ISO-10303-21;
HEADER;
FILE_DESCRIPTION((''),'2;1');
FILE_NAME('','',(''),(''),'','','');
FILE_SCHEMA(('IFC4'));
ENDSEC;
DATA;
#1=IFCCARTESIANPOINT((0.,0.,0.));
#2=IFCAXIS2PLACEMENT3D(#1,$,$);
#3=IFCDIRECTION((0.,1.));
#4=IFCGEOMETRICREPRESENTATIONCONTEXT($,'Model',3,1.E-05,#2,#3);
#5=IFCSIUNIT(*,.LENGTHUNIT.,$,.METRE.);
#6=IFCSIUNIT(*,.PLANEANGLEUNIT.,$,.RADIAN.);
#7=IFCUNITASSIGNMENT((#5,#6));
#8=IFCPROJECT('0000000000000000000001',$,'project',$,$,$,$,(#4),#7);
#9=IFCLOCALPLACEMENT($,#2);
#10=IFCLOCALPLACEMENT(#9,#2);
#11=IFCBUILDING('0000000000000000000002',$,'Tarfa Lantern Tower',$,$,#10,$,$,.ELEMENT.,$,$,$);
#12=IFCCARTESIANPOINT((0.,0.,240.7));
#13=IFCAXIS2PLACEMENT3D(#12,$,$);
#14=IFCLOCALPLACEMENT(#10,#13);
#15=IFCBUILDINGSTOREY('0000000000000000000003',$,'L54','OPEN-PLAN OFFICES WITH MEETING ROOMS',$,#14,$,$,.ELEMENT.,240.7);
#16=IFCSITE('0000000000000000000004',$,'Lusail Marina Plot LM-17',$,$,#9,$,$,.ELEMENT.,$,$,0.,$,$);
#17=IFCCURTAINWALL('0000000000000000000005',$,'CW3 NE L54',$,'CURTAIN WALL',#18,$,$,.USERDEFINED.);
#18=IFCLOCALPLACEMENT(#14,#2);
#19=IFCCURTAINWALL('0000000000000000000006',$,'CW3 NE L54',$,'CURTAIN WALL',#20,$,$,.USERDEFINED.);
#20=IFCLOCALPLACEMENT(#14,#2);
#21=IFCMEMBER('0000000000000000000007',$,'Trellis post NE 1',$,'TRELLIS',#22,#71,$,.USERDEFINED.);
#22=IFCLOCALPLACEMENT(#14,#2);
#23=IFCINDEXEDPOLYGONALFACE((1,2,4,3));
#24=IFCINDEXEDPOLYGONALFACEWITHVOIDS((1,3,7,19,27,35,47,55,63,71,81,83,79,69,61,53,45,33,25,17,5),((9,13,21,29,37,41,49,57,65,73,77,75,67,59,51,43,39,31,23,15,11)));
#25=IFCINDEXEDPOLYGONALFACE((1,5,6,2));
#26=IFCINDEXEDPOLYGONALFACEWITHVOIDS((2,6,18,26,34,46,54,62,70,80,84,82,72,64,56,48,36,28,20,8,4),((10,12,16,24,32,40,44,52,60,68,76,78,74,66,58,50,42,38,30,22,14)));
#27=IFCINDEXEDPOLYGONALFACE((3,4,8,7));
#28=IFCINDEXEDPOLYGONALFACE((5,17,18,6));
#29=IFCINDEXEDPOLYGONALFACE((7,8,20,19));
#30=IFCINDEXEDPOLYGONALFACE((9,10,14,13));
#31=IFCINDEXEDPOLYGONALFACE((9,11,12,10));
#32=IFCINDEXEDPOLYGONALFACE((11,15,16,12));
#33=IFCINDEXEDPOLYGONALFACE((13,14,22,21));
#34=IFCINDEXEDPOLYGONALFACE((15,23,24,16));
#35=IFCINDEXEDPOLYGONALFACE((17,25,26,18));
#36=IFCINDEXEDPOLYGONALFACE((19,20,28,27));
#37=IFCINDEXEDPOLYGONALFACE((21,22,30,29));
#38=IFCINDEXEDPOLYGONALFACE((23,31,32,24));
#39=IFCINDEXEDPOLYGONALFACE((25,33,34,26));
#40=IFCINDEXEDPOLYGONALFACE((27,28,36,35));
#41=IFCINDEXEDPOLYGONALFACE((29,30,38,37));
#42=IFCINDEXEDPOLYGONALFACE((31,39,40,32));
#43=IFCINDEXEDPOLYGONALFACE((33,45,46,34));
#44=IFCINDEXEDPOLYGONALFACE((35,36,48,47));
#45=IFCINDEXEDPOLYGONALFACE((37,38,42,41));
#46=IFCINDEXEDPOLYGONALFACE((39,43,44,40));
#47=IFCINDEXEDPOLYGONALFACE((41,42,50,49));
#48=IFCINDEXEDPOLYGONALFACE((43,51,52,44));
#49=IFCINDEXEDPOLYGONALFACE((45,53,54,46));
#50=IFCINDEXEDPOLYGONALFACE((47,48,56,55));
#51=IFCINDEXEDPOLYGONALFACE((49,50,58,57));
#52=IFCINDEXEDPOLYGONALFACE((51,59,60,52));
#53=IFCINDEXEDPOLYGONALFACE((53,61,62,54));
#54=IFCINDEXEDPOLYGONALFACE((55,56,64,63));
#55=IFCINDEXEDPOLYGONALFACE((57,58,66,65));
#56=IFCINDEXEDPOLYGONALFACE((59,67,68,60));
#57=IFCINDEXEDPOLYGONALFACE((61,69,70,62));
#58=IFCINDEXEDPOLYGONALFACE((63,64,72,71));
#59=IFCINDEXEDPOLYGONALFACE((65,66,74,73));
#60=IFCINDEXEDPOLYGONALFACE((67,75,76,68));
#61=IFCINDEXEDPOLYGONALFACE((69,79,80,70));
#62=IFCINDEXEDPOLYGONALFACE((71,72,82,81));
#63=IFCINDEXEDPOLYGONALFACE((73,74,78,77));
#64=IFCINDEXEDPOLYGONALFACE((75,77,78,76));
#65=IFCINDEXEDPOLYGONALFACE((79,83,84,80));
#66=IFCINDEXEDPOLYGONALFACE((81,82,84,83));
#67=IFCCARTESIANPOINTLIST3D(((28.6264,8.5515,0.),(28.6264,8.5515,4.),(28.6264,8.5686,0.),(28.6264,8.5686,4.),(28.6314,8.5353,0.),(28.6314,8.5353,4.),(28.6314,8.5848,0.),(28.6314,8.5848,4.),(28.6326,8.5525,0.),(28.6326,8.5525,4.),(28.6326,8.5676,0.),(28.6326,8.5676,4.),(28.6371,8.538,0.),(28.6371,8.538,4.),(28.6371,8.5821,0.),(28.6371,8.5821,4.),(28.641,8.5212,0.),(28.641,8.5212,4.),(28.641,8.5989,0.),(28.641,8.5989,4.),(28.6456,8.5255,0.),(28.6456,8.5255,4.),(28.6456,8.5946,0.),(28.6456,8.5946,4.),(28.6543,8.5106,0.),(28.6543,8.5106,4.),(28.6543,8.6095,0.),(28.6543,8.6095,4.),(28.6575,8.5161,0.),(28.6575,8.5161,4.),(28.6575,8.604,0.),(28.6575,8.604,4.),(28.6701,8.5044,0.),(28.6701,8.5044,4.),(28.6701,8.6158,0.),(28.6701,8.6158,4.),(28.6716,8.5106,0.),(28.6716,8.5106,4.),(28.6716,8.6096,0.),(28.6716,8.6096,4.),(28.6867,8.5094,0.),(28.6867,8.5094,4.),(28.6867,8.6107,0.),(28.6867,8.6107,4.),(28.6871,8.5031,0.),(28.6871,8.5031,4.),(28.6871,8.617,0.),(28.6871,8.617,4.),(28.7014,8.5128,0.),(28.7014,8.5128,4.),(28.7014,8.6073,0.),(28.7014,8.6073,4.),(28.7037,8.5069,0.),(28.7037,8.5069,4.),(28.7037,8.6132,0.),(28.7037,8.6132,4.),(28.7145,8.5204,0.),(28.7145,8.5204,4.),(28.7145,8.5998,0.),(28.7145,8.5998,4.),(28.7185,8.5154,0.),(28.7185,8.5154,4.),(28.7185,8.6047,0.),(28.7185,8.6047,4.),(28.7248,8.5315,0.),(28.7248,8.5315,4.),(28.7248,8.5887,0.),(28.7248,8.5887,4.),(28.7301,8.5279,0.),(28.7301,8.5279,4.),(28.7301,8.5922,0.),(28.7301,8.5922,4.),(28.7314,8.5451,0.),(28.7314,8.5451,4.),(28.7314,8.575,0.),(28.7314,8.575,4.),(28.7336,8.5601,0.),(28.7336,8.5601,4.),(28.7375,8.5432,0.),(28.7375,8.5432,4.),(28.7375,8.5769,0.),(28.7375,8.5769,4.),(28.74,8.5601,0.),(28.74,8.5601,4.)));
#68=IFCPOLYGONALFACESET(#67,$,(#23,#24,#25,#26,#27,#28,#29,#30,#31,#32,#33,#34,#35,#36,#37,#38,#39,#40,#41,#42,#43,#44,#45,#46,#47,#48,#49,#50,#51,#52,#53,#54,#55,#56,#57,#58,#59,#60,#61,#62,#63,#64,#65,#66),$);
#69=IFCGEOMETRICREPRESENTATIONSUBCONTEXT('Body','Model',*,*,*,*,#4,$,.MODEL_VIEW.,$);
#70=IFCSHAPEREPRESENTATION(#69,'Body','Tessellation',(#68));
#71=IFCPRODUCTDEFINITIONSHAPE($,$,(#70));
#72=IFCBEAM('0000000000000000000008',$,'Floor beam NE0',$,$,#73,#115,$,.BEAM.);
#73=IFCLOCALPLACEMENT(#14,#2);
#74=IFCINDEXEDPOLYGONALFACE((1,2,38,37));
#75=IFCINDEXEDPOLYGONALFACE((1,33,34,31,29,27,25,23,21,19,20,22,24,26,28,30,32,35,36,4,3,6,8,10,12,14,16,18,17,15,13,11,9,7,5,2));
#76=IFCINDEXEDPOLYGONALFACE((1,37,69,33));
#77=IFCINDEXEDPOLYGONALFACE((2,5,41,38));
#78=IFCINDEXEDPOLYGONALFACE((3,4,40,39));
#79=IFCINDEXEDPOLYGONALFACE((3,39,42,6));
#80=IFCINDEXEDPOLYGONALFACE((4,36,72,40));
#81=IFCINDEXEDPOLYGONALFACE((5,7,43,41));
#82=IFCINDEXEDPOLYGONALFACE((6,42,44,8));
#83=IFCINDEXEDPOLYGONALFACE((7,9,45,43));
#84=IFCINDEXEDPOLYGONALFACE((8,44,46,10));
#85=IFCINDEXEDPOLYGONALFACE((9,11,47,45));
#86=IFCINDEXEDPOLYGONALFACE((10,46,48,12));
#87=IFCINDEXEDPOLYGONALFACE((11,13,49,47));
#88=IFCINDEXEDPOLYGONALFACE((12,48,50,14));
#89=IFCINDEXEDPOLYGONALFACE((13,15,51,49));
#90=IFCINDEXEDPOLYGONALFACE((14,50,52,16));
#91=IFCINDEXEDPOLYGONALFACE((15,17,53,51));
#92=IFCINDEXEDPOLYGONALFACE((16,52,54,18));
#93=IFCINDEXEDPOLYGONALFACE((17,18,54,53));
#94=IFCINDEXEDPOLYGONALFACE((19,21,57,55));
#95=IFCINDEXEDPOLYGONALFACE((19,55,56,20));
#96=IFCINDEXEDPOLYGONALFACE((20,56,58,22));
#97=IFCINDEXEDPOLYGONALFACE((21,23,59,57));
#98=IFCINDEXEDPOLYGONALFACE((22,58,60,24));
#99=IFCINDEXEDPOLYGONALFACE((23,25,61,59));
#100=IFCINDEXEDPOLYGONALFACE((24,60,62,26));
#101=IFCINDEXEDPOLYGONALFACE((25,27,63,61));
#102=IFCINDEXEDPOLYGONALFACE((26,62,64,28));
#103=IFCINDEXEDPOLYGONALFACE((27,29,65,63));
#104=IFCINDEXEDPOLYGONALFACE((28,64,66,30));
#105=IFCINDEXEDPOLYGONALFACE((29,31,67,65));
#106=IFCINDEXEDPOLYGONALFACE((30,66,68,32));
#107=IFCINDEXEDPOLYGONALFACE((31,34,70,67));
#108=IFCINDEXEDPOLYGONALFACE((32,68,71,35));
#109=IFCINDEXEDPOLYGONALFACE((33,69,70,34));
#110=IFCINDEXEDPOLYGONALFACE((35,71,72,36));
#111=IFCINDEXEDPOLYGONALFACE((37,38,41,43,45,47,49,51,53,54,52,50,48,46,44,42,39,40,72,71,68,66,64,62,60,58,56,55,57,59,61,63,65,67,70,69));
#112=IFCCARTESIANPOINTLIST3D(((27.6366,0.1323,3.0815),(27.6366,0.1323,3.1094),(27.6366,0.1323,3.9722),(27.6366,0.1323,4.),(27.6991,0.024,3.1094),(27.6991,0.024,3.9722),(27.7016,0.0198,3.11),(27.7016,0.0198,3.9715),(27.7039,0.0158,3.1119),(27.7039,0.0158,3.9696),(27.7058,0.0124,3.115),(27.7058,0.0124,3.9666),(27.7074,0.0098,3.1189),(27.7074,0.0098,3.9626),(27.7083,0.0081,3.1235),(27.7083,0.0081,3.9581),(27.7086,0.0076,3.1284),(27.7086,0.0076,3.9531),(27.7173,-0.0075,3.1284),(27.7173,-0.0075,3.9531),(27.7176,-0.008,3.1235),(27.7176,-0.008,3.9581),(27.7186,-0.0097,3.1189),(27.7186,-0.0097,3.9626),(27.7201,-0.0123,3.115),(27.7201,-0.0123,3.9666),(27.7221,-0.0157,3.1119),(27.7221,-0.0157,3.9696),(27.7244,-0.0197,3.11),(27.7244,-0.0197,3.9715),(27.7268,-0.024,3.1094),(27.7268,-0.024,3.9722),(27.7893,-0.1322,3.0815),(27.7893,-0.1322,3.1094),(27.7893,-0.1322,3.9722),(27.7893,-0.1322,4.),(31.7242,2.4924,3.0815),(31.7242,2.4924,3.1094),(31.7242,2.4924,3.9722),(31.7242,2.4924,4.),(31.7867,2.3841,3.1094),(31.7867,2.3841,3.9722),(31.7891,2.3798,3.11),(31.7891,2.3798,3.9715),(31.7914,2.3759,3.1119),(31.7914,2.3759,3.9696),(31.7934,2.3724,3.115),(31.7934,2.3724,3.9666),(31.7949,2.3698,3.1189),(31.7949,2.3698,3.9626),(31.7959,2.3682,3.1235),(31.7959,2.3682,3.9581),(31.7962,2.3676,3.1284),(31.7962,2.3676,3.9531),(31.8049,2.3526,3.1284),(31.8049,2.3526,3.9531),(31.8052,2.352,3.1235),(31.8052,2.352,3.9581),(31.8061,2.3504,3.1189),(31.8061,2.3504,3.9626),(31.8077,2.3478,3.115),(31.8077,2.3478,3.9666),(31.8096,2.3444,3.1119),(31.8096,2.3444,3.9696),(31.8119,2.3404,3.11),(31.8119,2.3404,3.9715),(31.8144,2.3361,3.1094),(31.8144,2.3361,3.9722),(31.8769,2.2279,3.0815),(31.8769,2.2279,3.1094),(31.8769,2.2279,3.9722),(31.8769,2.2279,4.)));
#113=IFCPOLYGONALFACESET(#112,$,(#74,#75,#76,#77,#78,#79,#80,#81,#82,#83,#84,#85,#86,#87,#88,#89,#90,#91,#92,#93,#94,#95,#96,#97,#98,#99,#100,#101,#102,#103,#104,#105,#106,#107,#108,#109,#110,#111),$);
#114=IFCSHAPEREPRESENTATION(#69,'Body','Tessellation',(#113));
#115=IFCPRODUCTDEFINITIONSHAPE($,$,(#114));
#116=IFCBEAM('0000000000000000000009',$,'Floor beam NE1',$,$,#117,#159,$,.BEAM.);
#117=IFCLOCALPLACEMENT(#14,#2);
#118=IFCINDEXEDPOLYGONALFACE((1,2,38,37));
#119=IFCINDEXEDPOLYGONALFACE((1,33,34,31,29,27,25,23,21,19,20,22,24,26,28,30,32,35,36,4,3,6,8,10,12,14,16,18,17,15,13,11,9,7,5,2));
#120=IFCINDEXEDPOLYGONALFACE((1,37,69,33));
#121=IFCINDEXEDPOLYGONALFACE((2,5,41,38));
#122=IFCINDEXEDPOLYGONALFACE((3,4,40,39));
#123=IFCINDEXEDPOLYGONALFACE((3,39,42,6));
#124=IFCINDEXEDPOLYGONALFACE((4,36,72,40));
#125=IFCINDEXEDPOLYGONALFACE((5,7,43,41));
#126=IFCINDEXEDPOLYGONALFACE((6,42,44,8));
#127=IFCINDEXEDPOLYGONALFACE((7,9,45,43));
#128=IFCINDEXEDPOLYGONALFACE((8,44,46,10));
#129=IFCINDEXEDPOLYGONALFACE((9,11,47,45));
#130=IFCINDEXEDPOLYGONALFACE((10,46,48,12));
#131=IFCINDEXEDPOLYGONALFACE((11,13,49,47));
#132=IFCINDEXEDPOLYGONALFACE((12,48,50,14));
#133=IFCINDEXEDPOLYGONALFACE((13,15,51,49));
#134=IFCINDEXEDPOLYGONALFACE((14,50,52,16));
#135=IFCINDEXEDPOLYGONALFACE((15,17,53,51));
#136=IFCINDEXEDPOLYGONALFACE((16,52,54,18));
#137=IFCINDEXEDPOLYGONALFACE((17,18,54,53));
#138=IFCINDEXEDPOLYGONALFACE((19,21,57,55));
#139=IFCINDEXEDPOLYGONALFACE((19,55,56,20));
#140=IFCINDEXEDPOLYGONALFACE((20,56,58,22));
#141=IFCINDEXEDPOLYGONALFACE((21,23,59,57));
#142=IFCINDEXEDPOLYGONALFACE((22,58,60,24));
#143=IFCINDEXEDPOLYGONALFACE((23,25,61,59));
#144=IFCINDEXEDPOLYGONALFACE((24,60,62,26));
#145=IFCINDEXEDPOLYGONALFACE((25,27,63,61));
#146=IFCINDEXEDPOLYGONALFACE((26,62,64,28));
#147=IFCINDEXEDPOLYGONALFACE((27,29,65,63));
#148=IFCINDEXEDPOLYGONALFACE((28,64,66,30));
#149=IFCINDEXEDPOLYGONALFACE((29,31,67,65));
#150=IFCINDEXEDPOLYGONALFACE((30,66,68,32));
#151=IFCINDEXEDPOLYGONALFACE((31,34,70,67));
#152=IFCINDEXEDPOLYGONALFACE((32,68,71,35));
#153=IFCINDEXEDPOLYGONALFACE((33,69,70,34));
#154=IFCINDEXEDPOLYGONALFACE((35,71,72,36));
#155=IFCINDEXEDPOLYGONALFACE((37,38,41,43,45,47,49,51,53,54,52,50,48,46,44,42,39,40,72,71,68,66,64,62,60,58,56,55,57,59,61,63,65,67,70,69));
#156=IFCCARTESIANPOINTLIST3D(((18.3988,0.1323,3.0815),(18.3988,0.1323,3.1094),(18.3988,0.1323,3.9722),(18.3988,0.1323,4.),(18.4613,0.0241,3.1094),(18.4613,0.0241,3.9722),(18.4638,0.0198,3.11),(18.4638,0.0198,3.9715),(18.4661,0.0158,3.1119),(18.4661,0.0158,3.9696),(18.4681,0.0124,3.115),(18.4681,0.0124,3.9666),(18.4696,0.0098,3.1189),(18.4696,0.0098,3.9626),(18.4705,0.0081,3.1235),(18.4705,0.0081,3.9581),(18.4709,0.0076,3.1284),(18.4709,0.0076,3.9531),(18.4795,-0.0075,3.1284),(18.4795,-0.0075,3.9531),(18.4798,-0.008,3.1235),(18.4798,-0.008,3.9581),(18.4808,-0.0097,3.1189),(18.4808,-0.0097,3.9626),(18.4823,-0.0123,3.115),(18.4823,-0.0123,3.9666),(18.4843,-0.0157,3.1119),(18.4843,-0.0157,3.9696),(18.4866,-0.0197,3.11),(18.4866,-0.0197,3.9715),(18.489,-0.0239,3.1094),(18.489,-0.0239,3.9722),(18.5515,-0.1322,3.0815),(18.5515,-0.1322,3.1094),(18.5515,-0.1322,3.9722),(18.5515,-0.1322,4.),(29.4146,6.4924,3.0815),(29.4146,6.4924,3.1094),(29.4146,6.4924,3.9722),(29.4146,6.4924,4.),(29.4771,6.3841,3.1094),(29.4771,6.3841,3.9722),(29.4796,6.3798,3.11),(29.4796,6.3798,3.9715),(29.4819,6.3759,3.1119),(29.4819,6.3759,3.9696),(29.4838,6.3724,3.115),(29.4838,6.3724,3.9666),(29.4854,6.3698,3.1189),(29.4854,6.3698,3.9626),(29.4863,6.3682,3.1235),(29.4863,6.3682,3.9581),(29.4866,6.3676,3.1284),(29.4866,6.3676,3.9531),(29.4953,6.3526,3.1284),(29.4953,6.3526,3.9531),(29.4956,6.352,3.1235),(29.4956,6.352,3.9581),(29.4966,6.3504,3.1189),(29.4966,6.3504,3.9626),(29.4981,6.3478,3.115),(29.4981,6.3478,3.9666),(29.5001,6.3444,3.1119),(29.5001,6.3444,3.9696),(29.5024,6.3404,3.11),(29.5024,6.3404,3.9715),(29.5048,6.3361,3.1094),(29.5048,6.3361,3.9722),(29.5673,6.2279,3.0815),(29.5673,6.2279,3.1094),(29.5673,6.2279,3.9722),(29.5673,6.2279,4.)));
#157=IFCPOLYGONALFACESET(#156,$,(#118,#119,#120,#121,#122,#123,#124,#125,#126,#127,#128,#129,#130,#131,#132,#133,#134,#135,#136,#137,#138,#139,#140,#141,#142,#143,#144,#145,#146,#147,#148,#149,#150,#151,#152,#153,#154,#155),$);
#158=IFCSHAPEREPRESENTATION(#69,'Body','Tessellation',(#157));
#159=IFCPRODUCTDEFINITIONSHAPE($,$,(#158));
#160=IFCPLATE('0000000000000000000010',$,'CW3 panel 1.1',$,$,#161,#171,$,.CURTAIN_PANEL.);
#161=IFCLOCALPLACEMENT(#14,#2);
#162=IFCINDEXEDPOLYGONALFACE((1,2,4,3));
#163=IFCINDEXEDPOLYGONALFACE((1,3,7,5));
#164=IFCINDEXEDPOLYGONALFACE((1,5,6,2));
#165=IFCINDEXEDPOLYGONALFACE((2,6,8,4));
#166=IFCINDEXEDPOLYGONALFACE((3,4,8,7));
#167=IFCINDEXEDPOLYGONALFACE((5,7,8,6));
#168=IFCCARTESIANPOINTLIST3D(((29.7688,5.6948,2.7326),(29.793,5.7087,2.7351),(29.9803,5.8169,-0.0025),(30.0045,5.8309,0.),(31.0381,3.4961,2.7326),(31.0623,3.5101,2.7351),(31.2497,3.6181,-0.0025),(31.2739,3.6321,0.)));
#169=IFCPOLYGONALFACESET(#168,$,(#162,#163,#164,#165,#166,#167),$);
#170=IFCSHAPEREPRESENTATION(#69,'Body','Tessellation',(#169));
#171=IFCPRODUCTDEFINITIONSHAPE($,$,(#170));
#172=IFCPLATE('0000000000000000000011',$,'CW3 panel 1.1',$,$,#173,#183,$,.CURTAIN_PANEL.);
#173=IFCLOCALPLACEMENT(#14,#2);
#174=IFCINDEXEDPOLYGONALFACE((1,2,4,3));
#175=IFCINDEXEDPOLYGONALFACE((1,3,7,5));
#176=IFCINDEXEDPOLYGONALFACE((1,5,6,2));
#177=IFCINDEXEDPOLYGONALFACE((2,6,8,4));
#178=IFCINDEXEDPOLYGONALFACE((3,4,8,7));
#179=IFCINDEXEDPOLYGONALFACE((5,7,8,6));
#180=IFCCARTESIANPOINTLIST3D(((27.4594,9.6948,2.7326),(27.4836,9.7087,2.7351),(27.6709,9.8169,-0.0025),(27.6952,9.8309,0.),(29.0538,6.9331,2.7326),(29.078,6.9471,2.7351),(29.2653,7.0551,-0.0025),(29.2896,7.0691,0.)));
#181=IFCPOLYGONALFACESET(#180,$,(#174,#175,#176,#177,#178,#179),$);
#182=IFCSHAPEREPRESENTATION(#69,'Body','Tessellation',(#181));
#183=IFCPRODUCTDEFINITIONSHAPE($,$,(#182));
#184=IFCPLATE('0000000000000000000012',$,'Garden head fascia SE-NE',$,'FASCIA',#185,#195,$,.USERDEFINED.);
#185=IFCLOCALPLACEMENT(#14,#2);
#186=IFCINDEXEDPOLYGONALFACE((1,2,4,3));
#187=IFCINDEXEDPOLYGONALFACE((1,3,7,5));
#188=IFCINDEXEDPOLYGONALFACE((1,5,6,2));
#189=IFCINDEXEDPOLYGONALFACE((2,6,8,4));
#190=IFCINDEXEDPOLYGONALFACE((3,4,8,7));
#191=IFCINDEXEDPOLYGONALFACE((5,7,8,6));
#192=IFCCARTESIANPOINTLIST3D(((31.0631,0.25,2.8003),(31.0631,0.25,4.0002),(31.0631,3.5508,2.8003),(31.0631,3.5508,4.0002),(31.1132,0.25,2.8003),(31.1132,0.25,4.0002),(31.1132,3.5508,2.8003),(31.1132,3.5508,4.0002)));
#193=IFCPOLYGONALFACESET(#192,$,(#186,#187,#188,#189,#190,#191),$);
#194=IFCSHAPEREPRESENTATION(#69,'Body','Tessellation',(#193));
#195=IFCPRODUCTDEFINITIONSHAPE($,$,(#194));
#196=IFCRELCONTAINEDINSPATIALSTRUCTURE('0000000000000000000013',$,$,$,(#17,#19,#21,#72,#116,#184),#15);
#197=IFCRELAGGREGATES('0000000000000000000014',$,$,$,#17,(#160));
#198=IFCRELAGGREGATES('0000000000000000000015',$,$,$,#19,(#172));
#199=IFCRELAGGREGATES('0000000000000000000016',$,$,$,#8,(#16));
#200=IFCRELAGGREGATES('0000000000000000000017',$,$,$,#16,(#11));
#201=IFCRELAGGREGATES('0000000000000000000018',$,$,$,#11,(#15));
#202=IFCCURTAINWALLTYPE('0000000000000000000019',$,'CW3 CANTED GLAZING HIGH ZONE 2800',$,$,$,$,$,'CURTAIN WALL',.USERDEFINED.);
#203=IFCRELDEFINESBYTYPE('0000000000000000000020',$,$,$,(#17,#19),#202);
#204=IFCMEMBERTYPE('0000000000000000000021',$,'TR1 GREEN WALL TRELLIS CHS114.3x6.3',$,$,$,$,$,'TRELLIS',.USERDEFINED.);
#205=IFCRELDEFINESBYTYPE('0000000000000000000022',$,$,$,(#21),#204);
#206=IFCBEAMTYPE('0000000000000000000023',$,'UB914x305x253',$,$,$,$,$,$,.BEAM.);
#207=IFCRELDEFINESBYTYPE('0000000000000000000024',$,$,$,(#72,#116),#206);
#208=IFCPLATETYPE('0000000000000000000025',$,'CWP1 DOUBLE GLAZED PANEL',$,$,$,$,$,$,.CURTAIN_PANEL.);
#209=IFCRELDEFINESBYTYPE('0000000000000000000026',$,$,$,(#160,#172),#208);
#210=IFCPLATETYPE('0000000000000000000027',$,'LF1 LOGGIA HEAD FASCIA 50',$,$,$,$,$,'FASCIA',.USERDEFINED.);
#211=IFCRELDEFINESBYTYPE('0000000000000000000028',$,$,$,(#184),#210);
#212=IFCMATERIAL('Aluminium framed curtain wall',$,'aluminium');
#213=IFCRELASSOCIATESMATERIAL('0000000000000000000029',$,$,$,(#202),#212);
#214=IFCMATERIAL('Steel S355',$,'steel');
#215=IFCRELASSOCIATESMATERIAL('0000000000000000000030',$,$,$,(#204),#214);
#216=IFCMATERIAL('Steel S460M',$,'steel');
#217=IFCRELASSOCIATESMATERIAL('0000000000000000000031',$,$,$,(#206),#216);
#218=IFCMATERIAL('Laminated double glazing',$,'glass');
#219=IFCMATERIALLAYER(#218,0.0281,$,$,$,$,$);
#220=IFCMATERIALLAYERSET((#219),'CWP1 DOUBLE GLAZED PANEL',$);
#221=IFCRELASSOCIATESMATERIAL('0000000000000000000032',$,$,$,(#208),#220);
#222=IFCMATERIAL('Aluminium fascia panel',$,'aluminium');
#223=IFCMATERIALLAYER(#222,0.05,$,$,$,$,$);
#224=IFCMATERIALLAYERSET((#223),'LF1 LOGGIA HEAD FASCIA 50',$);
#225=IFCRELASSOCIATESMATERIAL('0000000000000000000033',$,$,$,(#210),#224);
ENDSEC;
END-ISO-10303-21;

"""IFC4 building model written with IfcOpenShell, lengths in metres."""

from ifc_helpers import new_model, si_unit, direction, frame, origin, origin_2d, place, context, subcontext, project, spatial, polyline, rectangle, hollow_circle, i_section, outline, extrude, material, layer, layer_set, material_profile, profile_set, type_object, element, aggregate, save


model = new_model("IFC4")

# Units and contexts
model_context = context("Model", 3, precision=1e-05, world=origin(), true_north=direction((0.0, 1.0)))
body_context = subcontext(model_context, "Body", "Model", "MODEL_VIEW")
ifc_project = project(units=[si_unit("LENGTHUNIT", "METRE"), si_unit("PLANEANGLEUNIT", "RADIAN")], contexts=[model_context])

# Site, building, storey
site_placement = place(None, origin())
site = spatial("IfcSite", under=ifc_project, at=site_placement, Name="Lusail Marina Plot LM-17", CompositionType="ELEMENT", RefElevation=0.0)
building_placement = place(site_placement, origin())
building = spatial("IfcBuilding", under=site, at=building_placement, Name="Tarfa Lantern Tower", CompositionType="ELEMENT")
storey_placement = place(building_placement, frame((0.0, 0.0, 240.7)))
storey = spatial("IfcBuildingStorey", under=building, at=storey_placement, Name="L54", Description="OPEN-PLAN OFFICES WITH MEETING ROOMS", CompositionType="ELEMENT", Elevation=240.7)

# Curtain walls
ifc_material_1 = material(Name="Aluminium framed curtain wall", Category="aluminium")
curtain_wall_type = type_object("IfcCurtainWallType", Name="CW3 CANTED GLAZING HIGH ZONE 2800", ElementType="CURTAIN WALL", PredefinedType="USERDEFINED", material=ifc_material_1)
curtain_wall_1_placement = place(storey_placement, origin())
curtain_wall_1 = element("IfcCurtainWall", 1, at=curtain_wall_1_placement, inside=storey, type_object=curtain_wall_type, Name="CW3 NE L54", ObjectType="CURTAIN WALL", PredefinedType="USERDEFINED")
curtain_wall_2_placement = place(storey_placement, origin())
curtain_wall_2 = element("IfcCurtainWall", 2, at=curtain_wall_2_placement, inside=storey, type_object=curtain_wall_type, Name="CW3 NE L54", ObjectType="CURTAIN WALL", PredefinedType="USERDEFINED")

# Member
ifc_material_2 = material(Name="Steel S355", Category="steel")
ifc_material_profile_1 = material_profile(ifc_material_2, hollow_circle(Radius=0.0571, WallThickness=0.0063, at=origin_2d()), Name="CHS114.3x6.3")
ifc_profile_set_1 = profile_set([ifc_material_profile_1], Name="Steel S355")
member_type_1 = type_object("IfcMemberType", Name="TR1 GREEN WALL TRELLIS CHS114.3x6.3", ElementType="TRELLIS", PredefinedType="USERDEFINED", material=ifc_profile_set_1)
member_1_placement = place(storey_placement, frame((28.6829, 8.5601, 0.0), z_axis=(0.0, 0.0, 1.0), x_axis=(1.0, 0.0, 0.0)))
element("IfcMember", 3, at=member_1_placement, inside=storey, type_object=member_type_1, Name="Trellis post NE 1", ObjectType="TRELLIS", PredefinedType="USERDEFINED", context=body_context, shape_type="SweptSolid", body=[
    extrude(hollow_circle(Radius=0.0571, WallThickness=0.0063, at=origin_2d()), origin(), (0.0, 0.0, 1.0), 4.0),
])

# Beams
ifc_material_3 = material(Name="Steel S460M", Category="steel")
ifc_material_profile_2 = material_profile(ifc_material_3, i_section(OverallWidth=0.3054, OverallDepth=0.9185, WebThickness=0.0173, FlangeThickness=0.0278, FilletRadius=0.019, at=origin_2d()), Name="UB914x305x253")
ifc_profile_set_2 = profile_set([ifc_material_profile_2], Name="Steel S460M")
beam_type_1 = type_object("IfcBeamType", Name="UB914x305x253", PredefinedType="BEAM", material=ifc_profile_set_2)
beam_1_placement = place(storey_placement, frame((31.8005, 2.3601, 3.5408), z_axis=(-0.866016, -0.500016, 0.0), x_axis=(0.500016, -0.866016, 0.0)))
element("IfcBeam", 4, at=beam_1_placement, inside=storey, type_object=beam_type_1, Name="Floor beam NE0", PredefinedType="BEAM", context=body_context, shape_type="SweptSolid", body=[
    extrude(i_section(OverallWidth=0.3054, OverallDepth=0.9185, WebThickness=0.0173, FlangeThickness=0.0278, FilletRadius=0.019, at=origin_2d()), origin(), (0.0, 0.0, 1.0), 4.72),
])
beam_2_placement = place(storey_placement, frame((29.491, 6.3601, 3.5408), z_axis=(-0.866022, -0.500005, 0.0), x_axis=(0.500005, -0.866022, 0.0)))
element("IfcBeam", 5, at=beam_2_placement, inside=storey, type_object=beam_type_1, Name="Floor beam NE1", PredefinedType="BEAM", context=body_context, shape_type="SweptSolid", body=[
    extrude(i_section(OverallWidth=0.3054, OverallDepth=0.9185, WebThickness=0.0173, FlangeThickness=0.0278, FilletRadius=0.019, at=origin_2d()), origin(), (0.0, 0.0, 1.0), 12.72),
])

# Plates
ifc_material_4 = material(Name="Laminated double glazing", Category="glass")
ifc_layer_1 = layer(ifc_material_4, 0.0281)
ifc_layer_set_1 = layer_set([ifc_layer_1], Name="CWP1 DOUBLE GLAZED PANEL")
plate_type_1 = type_object("IfcPlateType", Name="CWP1 DOUBLE GLAZED PANEL", PredefinedType="CURTAIN_PANEL", material=ifc_layer_set_1)
plate_1_placement = place(storey_placement, frame((31.2739, 3.6321, 0.0), z_axis=(0.862598, 0.49801, 0.088945), x_axis=(-0.499992, 0.86603, 0.000004)))
plate_1 = element("IfcPlate", 6, at=plate_1_placement, type_object=plate_type_1, Name="CW3 panel 1.1", PredefinedType="CURTAIN_PANEL", context=body_context, shape_type="SweptSolid", body=[
    extrude(outline(polyline([(0.0, 0.0), (2.5389, 0.0), (2.5389, 2.746), (0.0001, 2.746), (0.0, 0.0)])), origin(), (0.0, 0.0, -1.0), 0.0281),
])
aggregate(curtain_wall_1, [plate_1])
plate_2_placement = place(storey_placement, frame((29.2896, 7.0691, 0.0), z_axis=(0.862609, 0.49799, 0.088945), x_axis=(-0.499972, 0.866041, 0.000003)))
plate_2 = element("IfcPlate", 7, at=plate_2_placement, type_object=plate_type_1, Name="CW3 panel 1.1", PredefinedType="CURTAIN_PANEL", context=body_context, shape_type="SweptSolid", body=[
    extrude(outline(polyline([(0.0, 0.0), (3.189, 0.0), (3.189, 2.746), (0.0001, 2.746), (0.0, 0.0)])), origin(), (0.0, 0.0, -1.0), 0.0281),
])
aggregate(curtain_wall_2, [plate_2])
ifc_material_5 = material(Name="Aluminium fascia panel", Category="aluminium")
ifc_layer_2 = layer(ifc_material_5, 0.05)
ifc_layer_set_2 = layer_set([ifc_layer_2], Name="LF1 LOGGIA HEAD FASCIA 50")
plate_type_2 = type_object("IfcPlateType", Name="LF1 LOGGIA HEAD FASCIA 50", ElementType="FASCIA", PredefinedType="USERDEFINED", material=ifc_layer_set_2)
plate_3_placement = place(storey_placement, frame((31.0881, 1.9004, 2.8003), z_axis=(0.0, 0.0, 1.0), x_axis=(0.0, 1.0, 0.0)))
element("IfcPlate", 8, at=plate_3_placement, inside=storey, type_object=plate_type_2, Name="Garden head fascia SE-NE", ObjectType="FASCIA", PredefinedType="USERDEFINED", context=body_context, shape_type="SweptSolid", body=[
    extrude(rectangle(XDim=3.3008, YDim=0.05, at=origin_2d()), origin(), (0.0, 0.0, 1.0), 1.2),
])

save(model, "model.ifc")
